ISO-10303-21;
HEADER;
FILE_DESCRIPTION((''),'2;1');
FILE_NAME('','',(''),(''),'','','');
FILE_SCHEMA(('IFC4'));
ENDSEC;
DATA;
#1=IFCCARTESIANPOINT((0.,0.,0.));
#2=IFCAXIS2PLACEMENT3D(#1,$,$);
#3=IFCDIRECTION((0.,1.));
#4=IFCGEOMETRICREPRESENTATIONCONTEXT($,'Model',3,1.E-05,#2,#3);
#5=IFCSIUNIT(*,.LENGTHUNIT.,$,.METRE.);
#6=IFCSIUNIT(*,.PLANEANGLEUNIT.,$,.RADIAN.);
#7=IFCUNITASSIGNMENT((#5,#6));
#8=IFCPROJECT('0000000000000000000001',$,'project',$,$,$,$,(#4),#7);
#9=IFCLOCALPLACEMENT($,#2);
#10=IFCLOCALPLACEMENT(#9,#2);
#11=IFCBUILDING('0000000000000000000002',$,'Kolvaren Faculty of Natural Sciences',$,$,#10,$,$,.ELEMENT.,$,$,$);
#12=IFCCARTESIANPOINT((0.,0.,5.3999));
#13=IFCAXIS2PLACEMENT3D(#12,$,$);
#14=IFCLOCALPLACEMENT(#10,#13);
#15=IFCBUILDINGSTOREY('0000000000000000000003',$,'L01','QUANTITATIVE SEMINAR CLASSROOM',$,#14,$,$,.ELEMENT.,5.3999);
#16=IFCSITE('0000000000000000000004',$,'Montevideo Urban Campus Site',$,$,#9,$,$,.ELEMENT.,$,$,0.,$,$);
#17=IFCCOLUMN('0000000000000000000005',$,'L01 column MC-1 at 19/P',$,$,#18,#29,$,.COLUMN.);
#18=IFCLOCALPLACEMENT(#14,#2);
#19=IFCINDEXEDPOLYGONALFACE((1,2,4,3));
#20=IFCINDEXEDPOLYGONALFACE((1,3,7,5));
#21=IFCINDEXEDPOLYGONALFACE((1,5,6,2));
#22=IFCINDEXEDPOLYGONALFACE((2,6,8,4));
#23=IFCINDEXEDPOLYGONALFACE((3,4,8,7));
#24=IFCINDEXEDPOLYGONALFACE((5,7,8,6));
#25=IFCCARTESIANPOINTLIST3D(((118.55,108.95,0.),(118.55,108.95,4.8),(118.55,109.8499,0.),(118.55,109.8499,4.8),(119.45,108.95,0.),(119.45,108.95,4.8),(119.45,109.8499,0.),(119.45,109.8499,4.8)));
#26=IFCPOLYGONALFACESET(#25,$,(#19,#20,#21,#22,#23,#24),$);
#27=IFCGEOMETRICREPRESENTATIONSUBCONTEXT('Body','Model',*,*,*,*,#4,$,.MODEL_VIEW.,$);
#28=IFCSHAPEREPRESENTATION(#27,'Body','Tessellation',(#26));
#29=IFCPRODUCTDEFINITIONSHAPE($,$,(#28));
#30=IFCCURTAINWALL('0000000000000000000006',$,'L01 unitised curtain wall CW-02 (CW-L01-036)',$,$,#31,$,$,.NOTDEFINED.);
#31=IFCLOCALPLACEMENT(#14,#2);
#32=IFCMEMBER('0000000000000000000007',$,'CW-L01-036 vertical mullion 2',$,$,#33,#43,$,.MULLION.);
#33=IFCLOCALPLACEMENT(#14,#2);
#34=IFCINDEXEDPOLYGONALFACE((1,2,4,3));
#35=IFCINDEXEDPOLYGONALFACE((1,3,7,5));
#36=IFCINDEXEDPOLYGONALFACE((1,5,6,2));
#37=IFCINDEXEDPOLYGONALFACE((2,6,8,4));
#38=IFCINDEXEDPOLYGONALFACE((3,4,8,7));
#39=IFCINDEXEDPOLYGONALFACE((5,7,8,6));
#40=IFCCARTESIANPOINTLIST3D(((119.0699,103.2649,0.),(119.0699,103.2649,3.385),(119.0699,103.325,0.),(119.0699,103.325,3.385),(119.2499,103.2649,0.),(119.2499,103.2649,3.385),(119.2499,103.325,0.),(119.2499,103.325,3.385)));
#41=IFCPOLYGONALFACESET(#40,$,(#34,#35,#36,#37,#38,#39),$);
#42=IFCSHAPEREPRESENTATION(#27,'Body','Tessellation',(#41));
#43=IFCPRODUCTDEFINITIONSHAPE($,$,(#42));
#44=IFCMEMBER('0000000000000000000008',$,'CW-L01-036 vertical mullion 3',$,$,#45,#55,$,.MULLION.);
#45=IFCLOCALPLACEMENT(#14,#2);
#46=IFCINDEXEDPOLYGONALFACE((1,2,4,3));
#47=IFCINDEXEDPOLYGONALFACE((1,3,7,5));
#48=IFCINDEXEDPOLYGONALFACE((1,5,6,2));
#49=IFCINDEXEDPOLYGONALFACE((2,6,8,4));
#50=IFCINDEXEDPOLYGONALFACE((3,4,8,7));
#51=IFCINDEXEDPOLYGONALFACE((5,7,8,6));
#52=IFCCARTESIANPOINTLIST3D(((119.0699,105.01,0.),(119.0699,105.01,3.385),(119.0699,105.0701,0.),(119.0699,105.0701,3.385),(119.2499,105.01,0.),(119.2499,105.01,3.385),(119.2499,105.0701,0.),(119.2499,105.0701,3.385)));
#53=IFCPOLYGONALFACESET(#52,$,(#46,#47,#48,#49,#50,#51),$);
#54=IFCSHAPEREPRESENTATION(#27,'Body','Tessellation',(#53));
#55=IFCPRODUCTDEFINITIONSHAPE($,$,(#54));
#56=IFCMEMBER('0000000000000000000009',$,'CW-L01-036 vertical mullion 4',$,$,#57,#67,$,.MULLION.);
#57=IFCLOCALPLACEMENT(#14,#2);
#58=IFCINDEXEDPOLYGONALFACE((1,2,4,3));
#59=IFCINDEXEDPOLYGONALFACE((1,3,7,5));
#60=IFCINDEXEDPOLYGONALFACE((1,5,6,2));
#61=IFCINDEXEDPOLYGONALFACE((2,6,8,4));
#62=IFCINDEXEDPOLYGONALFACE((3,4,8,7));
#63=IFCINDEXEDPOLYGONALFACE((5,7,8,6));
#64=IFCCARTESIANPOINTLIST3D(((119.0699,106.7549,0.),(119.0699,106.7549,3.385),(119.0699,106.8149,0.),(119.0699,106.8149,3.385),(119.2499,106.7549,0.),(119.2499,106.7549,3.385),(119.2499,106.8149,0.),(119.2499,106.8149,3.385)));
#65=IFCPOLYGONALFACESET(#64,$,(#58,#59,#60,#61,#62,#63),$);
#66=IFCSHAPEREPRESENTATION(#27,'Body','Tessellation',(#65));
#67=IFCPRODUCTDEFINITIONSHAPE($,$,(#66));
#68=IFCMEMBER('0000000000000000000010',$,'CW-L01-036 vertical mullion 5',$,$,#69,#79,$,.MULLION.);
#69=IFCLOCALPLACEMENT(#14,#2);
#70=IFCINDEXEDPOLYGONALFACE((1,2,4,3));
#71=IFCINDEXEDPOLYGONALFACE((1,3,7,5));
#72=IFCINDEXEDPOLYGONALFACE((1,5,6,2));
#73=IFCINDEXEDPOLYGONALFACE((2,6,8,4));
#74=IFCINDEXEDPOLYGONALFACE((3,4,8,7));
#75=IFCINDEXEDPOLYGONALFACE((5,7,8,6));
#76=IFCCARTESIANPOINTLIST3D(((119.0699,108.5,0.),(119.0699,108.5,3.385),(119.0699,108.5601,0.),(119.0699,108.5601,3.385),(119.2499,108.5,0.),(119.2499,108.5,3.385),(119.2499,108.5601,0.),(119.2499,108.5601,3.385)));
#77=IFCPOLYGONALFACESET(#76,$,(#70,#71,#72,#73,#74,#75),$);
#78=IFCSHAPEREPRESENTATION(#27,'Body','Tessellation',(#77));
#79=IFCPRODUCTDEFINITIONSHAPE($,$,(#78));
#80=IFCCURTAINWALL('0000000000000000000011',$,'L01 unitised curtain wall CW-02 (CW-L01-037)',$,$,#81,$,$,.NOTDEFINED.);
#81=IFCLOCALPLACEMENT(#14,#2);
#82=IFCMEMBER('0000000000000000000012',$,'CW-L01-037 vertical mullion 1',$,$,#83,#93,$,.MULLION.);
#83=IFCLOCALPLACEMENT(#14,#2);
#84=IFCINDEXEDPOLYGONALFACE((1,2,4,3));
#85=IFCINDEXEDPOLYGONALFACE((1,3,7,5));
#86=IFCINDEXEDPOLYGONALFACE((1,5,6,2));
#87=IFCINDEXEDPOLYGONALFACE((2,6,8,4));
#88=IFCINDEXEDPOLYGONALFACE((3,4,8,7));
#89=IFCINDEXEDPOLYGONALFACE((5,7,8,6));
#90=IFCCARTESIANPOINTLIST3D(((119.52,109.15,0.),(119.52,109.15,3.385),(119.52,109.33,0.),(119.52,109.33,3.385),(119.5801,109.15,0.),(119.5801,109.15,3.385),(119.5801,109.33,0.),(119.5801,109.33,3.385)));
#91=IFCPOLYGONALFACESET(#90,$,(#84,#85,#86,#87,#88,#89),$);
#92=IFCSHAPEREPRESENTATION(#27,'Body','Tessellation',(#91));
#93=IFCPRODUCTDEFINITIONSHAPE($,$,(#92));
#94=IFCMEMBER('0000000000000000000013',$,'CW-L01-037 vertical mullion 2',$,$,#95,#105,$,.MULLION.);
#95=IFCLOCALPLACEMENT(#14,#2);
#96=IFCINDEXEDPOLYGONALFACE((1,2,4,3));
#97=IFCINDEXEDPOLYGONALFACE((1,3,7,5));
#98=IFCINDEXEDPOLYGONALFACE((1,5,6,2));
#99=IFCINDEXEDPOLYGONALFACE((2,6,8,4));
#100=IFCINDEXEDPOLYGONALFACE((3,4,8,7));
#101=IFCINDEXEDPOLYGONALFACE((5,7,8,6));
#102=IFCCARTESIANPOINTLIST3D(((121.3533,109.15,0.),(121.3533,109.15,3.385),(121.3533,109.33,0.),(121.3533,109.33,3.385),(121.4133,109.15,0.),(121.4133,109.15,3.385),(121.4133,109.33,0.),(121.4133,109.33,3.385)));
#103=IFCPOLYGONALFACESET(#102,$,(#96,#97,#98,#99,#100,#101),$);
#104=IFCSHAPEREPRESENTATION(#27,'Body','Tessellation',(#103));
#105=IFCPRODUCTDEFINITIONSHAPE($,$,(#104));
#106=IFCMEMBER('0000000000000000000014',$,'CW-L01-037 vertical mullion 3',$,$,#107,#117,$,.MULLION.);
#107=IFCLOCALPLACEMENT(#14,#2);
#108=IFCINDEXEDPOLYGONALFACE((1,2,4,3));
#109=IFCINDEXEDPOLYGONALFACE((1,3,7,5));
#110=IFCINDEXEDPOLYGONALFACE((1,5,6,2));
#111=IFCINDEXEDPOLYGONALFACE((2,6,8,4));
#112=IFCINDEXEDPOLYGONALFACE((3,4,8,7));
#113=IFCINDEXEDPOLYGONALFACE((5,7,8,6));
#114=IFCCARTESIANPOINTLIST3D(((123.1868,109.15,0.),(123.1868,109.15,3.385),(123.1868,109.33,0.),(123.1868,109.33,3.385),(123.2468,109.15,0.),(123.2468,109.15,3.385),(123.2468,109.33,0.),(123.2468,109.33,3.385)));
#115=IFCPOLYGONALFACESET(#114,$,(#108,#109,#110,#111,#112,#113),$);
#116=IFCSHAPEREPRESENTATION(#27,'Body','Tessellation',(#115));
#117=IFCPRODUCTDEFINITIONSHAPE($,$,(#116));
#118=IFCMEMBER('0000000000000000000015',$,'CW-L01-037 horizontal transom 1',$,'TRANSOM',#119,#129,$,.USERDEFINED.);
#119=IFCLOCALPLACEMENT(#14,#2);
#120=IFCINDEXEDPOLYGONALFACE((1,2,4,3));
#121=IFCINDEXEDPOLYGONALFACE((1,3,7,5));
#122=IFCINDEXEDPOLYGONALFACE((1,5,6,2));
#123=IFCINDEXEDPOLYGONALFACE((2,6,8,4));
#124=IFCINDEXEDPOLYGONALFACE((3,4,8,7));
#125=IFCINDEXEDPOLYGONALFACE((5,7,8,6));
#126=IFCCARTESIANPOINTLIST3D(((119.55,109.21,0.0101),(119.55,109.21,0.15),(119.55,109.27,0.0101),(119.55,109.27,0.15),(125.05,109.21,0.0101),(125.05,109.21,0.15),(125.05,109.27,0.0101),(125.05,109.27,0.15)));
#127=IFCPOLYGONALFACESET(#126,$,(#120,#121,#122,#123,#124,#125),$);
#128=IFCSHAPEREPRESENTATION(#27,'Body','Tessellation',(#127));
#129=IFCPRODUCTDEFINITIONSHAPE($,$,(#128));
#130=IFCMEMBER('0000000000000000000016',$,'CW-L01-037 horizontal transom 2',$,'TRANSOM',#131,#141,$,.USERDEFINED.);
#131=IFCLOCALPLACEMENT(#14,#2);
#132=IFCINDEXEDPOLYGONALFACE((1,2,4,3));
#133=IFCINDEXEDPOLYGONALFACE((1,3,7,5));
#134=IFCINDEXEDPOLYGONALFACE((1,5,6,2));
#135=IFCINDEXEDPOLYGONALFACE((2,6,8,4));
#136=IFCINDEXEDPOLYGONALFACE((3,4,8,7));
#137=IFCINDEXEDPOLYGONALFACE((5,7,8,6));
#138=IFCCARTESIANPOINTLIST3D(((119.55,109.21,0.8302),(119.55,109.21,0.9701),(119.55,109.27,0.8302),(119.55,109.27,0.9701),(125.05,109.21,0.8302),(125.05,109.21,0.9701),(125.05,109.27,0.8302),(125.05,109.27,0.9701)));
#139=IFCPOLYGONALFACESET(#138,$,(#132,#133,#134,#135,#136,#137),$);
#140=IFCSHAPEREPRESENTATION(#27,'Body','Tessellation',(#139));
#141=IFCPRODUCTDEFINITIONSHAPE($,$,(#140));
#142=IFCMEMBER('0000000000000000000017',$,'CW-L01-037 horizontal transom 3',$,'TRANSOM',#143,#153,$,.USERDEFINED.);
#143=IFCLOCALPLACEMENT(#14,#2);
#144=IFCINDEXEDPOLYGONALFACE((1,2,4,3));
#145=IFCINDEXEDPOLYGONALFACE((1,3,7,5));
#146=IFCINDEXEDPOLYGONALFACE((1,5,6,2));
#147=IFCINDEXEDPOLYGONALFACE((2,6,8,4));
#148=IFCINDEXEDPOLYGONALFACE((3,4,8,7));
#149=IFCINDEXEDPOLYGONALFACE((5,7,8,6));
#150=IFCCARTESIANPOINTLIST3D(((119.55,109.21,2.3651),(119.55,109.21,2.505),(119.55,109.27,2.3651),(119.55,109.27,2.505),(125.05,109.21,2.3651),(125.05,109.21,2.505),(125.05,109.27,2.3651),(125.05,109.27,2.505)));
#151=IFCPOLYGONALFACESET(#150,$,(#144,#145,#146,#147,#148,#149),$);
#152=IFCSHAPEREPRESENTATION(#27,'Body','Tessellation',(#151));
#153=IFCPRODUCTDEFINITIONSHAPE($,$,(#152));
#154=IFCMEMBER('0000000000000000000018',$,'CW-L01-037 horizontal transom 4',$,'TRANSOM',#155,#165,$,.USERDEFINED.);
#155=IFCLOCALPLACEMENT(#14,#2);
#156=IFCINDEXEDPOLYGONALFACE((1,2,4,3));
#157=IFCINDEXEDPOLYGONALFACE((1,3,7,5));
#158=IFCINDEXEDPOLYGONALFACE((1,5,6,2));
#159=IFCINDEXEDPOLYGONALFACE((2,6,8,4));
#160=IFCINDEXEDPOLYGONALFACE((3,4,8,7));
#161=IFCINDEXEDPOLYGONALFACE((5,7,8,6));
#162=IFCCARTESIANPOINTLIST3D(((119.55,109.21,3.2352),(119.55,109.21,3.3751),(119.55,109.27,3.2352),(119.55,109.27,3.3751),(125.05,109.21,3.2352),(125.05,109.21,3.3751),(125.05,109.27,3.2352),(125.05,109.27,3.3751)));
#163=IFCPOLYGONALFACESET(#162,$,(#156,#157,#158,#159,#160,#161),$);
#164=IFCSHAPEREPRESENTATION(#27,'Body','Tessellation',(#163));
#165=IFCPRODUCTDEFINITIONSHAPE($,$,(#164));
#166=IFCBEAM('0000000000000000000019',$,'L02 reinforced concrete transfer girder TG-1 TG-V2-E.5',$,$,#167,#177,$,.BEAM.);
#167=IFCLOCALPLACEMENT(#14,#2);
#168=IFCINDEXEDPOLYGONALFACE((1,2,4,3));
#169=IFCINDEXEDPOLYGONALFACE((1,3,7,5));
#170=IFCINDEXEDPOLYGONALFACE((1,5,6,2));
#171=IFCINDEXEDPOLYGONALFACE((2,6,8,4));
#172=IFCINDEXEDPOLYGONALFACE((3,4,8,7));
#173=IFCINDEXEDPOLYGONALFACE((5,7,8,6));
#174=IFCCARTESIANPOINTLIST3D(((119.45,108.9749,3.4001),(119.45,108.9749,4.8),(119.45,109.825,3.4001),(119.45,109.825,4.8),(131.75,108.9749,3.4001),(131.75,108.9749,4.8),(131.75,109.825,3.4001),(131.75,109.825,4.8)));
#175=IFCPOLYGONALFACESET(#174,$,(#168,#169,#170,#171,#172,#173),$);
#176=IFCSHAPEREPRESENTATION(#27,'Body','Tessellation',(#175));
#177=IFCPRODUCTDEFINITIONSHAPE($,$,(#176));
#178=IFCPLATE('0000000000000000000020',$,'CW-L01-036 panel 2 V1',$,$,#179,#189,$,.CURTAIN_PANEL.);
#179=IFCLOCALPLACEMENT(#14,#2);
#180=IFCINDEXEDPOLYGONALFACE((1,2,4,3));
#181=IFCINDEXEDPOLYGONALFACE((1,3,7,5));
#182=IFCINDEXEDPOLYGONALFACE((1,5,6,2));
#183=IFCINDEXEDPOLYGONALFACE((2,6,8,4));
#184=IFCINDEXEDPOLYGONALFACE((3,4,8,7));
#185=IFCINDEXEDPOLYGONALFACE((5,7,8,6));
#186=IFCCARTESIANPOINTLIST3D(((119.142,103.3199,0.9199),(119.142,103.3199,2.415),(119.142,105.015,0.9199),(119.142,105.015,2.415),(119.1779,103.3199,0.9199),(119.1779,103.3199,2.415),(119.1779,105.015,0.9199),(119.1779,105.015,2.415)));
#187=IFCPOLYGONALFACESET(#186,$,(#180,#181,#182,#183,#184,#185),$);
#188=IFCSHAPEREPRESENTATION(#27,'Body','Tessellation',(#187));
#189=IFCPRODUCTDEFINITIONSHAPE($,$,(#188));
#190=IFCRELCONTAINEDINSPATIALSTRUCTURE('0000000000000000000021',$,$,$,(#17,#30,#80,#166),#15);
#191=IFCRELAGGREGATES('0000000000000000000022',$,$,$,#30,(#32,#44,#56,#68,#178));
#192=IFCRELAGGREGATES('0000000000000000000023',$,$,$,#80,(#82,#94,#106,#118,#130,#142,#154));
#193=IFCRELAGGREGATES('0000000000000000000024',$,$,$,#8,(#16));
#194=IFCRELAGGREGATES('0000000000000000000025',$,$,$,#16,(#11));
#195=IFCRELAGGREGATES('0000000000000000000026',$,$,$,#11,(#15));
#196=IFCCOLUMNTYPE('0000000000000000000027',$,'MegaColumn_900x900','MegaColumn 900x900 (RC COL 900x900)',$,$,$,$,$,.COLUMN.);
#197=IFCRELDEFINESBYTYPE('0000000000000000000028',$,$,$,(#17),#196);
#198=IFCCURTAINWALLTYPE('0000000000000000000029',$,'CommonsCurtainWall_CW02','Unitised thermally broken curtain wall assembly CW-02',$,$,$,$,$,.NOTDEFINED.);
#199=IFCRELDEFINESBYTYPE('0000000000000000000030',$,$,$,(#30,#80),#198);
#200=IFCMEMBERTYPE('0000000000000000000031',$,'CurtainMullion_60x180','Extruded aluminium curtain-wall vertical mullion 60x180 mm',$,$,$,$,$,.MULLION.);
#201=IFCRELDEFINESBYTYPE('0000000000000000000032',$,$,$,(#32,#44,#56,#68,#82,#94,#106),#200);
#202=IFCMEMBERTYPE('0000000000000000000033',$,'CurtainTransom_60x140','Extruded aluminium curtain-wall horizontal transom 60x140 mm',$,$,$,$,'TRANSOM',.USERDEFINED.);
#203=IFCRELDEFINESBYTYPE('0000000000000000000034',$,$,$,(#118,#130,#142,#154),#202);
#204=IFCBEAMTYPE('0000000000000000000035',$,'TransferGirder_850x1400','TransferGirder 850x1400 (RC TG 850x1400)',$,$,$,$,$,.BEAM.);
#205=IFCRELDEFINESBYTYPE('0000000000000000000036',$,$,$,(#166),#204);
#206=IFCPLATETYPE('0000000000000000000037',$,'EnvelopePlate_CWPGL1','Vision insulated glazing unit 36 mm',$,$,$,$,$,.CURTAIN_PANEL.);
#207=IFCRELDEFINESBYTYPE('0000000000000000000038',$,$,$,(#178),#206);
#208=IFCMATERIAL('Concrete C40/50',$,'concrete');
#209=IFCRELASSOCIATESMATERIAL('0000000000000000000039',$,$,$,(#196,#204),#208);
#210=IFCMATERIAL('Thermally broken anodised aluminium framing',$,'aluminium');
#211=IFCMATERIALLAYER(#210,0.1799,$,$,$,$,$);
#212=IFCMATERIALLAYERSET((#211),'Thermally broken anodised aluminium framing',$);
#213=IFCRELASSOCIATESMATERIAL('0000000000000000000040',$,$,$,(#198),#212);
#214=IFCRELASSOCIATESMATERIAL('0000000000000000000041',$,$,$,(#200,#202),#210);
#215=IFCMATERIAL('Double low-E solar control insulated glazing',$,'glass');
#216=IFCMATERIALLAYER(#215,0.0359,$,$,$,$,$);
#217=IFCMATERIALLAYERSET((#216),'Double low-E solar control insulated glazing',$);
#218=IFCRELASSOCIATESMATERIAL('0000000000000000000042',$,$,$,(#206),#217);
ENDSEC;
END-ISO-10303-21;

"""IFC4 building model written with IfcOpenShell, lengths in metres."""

from ifc_helpers import new_model, si_unit, direction, frame, origin, origin_2d, place, context, subcontext, project, spatial, rectangle, extrude, material, layer, layer_set, material_profile, profile_set, type_object, element, aggregate, save


model = new_model("IFC4")

# Units and contexts
model_context = context("Model", 3, precision=1e-05, world=origin(), true_north=direction((0.0, 1.0)))
body_context = subcontext(model_context, "Body", "Model", "MODEL_VIEW")
ifc_project = project(units=[si_unit("LENGTHUNIT", "METRE"), si_unit("PLANEANGLEUNIT", "RADIAN")], contexts=[model_context])

# Site, building, storey
site_placement = place(None, origin())
site = spatial("IfcSite", under=ifc_project, at=site_placement, Name="Montevideo Urban Campus Site", CompositionType="ELEMENT", RefElevation=0.0)
building_placement = place(site_placement, origin())
building = spatial("IfcBuilding", under=site, at=building_placement, Name="Kolvaren Faculty of Natural Sciences", CompositionType="ELEMENT")
storey_placement = place(building_placement, frame((0.0, 0.0, 5.3999)))
storey = spatial("IfcBuildingStorey", under=building, at=storey_placement, Name="L01", Description="QUANTITATIVE SEMINAR CLASSROOM", CompositionType="ELEMENT", Elevation=5.3999)

# Column
ifc_material_1 = material(Name="Concrete C40/50", Category="concrete")
ifc_material_profile_1 = material_profile(ifc_material_1, rectangle(XDim=0.8999, YDim=0.8999, at=origin_2d()), Name="RC COL 900x900")
ifc_profile_set_1 = profile_set([ifc_material_profile_1], Name="Concrete C40/50")
column_type = type_object("IfcColumnType", Name="MegaColumn_900x900", Description="MegaColumn 900x900 (RC COL 900x900)", PredefinedType="COLUMN", material=ifc_profile_set_1)
column_placement = place(storey_placement, frame((119.0, 109.3999, 0.0), z_axis=(0.0, 0.0, 1.0), x_axis=(1.0, 0.0, 0.0)))
element("IfcColumn", 1, at=column_placement, inside=storey, type_object=column_type, Name="L01 column MC-1 at 19/P", PredefinedType="COLUMN", context=body_context, shape_type="SweptSolid", body=[
    extrude(rectangle(XDim=0.8999, YDim=0.8999, at=origin_2d()), origin(), (0.0, 0.0, 1.0), 4.8),
])

# Curtain walls, members
ifc_material_2 = material(Name="Thermally broken anodised aluminium framing", Category="aluminium")
ifc_layer_1 = layer(ifc_material_2, 0.1799)
ifc_layer_set_1 = layer_set([ifc_layer_1], Name="Thermally broken anodised aluminium framing")
curtain_wall_type = type_object("IfcCurtainWallType", Name="CommonsCurtainWall_CW02", Description="Unitised thermally broken curtain wall assembly CW-02", PredefinedType="NOTDEFINED", material=ifc_layer_set_1)
curtain_wall_1_placement = place(storey_placement, origin())
curtain_wall_1 = element("IfcCurtainWall", 2, at=curtain_wall_1_placement, inside=storey, type_object=curtain_wall_type, Name="L01 unitised curtain wall CW-02 (CW-L01-036)", PredefinedType="NOTDEFINED")
ifc_material_profile_2 = material_profile(ifc_material_2, rectangle(XDim=0.0601, YDim=0.1799, at=origin_2d()), Name="ALU MUL 60x180")
ifc_profile_set_2 = profile_set([ifc_material_profile_2], Name="Thermally broken anodised aluminium framing")
member_type_1 = type_object("IfcMemberType", Name="CurtainMullion_60x180", Description="Extruded aluminium curtain-wall vertical mullion 60x180 mm", PredefinedType="MULLION", material=ifc_profile_set_2)
member_1_placement = place(storey_placement, frame((119.1599, 103.2949, 0.0), z_axis=(0.0, 0.0, 1.0), x_axis=(0.0, 1.0, 0.0)))
member_1 = element("IfcMember", 3, at=member_1_placement, type_object=member_type_1, Name="CW-L01-036 vertical mullion 2", PredefinedType="MULLION", context=body_context, shape_type="SweptSolid", body=[
    extrude(rectangle(XDim=0.0601, YDim=0.1799, at=origin_2d()), origin(), (0.0, 0.0, 1.0), 3.385),
])
member_2_placement = place(storey_placement, frame((119.1599, 105.04, 0.0), z_axis=(0.0, 0.0, 1.0), x_axis=(0.0, 1.0, 0.0)))
member_2 = element("IfcMember", 4, at=member_2_placement, type_object=member_type_1, Name="CW-L01-036 vertical mullion 3", PredefinedType="MULLION", context=body_context, shape_type="SweptSolid", body=[
    extrude(rectangle(XDim=0.0601, YDim=0.1799, at=origin_2d()), origin(), (0.0, 0.0, 1.0), 3.385),
])
member_3_placement = place(storey_placement, frame((119.1599, 106.7849, 0.0), z_axis=(0.0, 0.0, 1.0), x_axis=(0.0, 1.0, 0.0)))
member_3 = element("IfcMember", 5, at=member_3_placement, type_object=member_type_1, Name="CW-L01-036 vertical mullion 4", PredefinedType="MULLION", context=body_context, shape_type="SweptSolid", body=[
    extrude(rectangle(XDim=0.0601, YDim=0.1799, at=origin_2d()), origin(), (0.0, 0.0, 1.0), 3.385),
])
member_4_placement = place(storey_placement, frame((119.1599, 108.53, 0.0), z_axis=(0.0, 0.0, 1.0), x_axis=(0.0, 1.0, 0.0)))
member_4 = element("IfcMember", 6, at=member_4_placement, type_object=member_type_1, Name="CW-L01-036 vertical mullion 5", PredefinedType="MULLION", context=body_context, shape_type="SweptSolid", body=[
    extrude(rectangle(XDim=0.0601, YDim=0.1799, at=origin_2d()), origin(), (0.0, 0.0, 1.0), 3.385),
])
curtain_wall_2_placement = place(storey_placement, origin())
curtain_wall_2 = element("IfcCurtainWall", 7, at=curtain_wall_2_placement, inside=storey, type_object=curtain_wall_type, Name="L01 unitised curtain wall CW-02 (CW-L01-037)", PredefinedType="NOTDEFINED")
member_5_placement = place(storey_placement, frame((119.55, 109.24, 0.0), z_axis=(0.0, 0.0, 1.0), x_axis=(1.0, 0.0, 0.0)))
member_5 = element("IfcMember", 8, at=member_5_placement, type_object=member_type_1, Name="CW-L01-037 vertical mullion 1", PredefinedType="MULLION", context=body_context, shape_type="SweptSolid", body=[
    extrude(rectangle(XDim=0.0601, YDim=0.1799, at=origin_2d()), origin(), (0.0, 0.0, 1.0), 3.385),
])
member_6_placement = place(storey_placement, frame((121.3833, 109.24, 0.0), z_axis=(0.0, 0.0, 1.0), x_axis=(1.0, 0.0, 0.0)))
member_6 = element("IfcMember", 9, at=member_6_placement, type_object=member_type_1, Name="CW-L01-037 vertical mullion 2", PredefinedType="MULLION", context=body_context, shape_type="SweptSolid", body=[
    extrude(rectangle(XDim=0.0601, YDim=0.1799, at=origin_2d()), origin(), (0.0, 0.0, 1.0), 3.385),
])
member_7_placement = place(storey_placement, frame((123.2168, 109.24, 0.0), z_axis=(0.0, 0.0, 1.0), x_axis=(1.0, 0.0, 0.0)))
member_7 = element("IfcMember", 10, at=member_7_placement, type_object=member_type_1, Name="CW-L01-037 vertical mullion 3", PredefinedType="MULLION", context=body_context, shape_type="SweptSolid", body=[
    extrude(rectangle(XDim=0.0601, YDim=0.1799, at=origin_2d()), origin(), (0.0, 0.0, 1.0), 3.385),
])
ifc_material_profile_3 = material_profile(ifc_material_2, rectangle(XDim=0.0601, YDim=0.1399, at=origin_2d()), Name="ALU TRN 60x140")
ifc_profile_set_3 = profile_set([ifc_material_profile_3], Name="Thermally broken anodised aluminium framing")
member_type_2 = type_object("IfcMemberType", Name="CurtainTransom_60x140", Description="Extruded aluminium curtain-wall horizontal transom 60x140 mm", ElementType="TRANSOM", PredefinedType="USERDEFINED", material=ifc_profile_set_3)
member_8_placement = place(storey_placement, frame((119.55, 109.24, 0.0801), z_axis=(1.0, 0.0, 0.0), x_axis=(0.0, 1.0, 0.0)))
member_8 = element("IfcMember", 11, at=member_8_placement, type_object=member_type_2, Name="CW-L01-037 horizontal transom 1", ObjectType="TRANSOM", PredefinedType="USERDEFINED", context=body_context, shape_type="SweptSolid", body=[
    extrude(rectangle(XDim=0.0601, YDim=0.1399, at=origin_2d()), origin(), (0.0, 0.0, 1.0), 5.5),
])
member_9_placement = place(storey_placement, frame((119.55, 109.24, 0.9001), z_axis=(1.0, 0.0, 0.0), x_axis=(0.0, 1.0, 0.0)))
member_9 = element("IfcMember", 12, at=member_9_placement, type_object=member_type_2, Name="CW-L01-037 horizontal transom 2", ObjectType="TRANSOM", PredefinedType="USERDEFINED", context=body_context, shape_type="SweptSolid", body=[
    extrude(rectangle(XDim=0.0601, YDim=0.1399, at=origin_2d()), origin(), (0.0, 0.0, 1.0), 5.5),
])
member_10_placement = place(storey_placement, frame((119.55, 109.24, 2.4351), z_axis=(1.0, 0.0, 0.0), x_axis=(0.0, 1.0, 0.0)))
member_10 = element("IfcMember", 13, at=member_10_placement, type_object=member_type_2, Name="CW-L01-037 horizontal transom 3", ObjectType="TRANSOM", PredefinedType="USERDEFINED", context=body_context, shape_type="SweptSolid", body=[
    extrude(rectangle(XDim=0.0601, YDim=0.1399, at=origin_2d()), origin(), (0.0, 0.0, 1.0), 5.5),
])
member_11_placement = place(storey_placement, frame((119.55, 109.24, 3.3052), z_axis=(1.0, 0.0, 0.0), x_axis=(0.0, 1.0, 0.0)))
member_11 = element("IfcMember", 14, at=member_11_placement, type_object=member_type_2, Name="CW-L01-037 horizontal transom 4", ObjectType="TRANSOM", PredefinedType="USERDEFINED", context=body_context, shape_type="SweptSolid", body=[
    extrude(rectangle(XDim=0.0601, YDim=0.1399, at=origin_2d()), origin(), (0.0, 0.0, 1.0), 5.5),
])

# Beam
ifc_material_profile_4 = material_profile(ifc_material_1, rectangle(XDim=0.8501, YDim=1.3999, at=origin_2d()), Name="RC TG 850x1400")
ifc_profile_set_4 = profile_set([ifc_material_profile_4], Name="Concrete C40/50")
beam_type = type_object("IfcBeamType", Name="TransferGirder_850x1400", Description="TransferGirder 850x1400 (RC TG 850x1400)", PredefinedType="BEAM", material=ifc_profile_set_4)
beam_placement = place(storey_placement, frame((119.45, 109.3999, 4.1001), z_axis=(1.0, 0.0, 0.0), x_axis=(0.0, 1.0, 0.0)))
element("IfcBeam", 15, at=beam_placement, inside=storey, type_object=beam_type, Name="L02 reinforced concrete transfer girder TG-1 TG-V2-E.5", PredefinedType="BEAM", context=body_context, shape_type="SweptSolid", body=[
    extrude(rectangle(XDim=0.8501, YDim=1.3999, at=origin_2d()), origin(), (0.0, 0.0, 1.0), 12.3),
])

# Plate
ifc_material_3 = material(Name="Double low-E solar control insulated glazing", Category="glass")
ifc_layer_2 = layer(ifc_material_3, 0.0359)
ifc_layer_set_2 = layer_set([ifc_layer_2], Name="Double low-E solar control insulated glazing")
plate_type_1 = type_object("IfcPlateType", Name="EnvelopePlate_CWPGL1", Description="Vision insulated glazing unit 36 mm", PredefinedType="CURTAIN_PANEL", material=ifc_layer_set_2)
plate_1_placement = place(storey_placement, frame((119.1599, 104.1675, 0.9199), z_axis=(0.0, 0.0, 1.0), x_axis=(0.0, 1.0, 0.0)))
plate_1 = element("IfcPlate", 16, at=plate_1_placement, type_object=plate_type_1, Name="CW-L01-036 panel 2 V1", PredefinedType="CURTAIN_PANEL", context=body_context, shape_type="SweptSolid", body=[
    extrude(rectangle(XDim=1.6951, YDim=0.0359, at=origin_2d()), origin(), (0.0, 0.0, 1.0), 1.4951),
])
aggregate(curtain_wall_1, [member_1, member_2, member_3, member_4, plate_1])
aggregate(curtain_wall_2, [member_5, member_6, member_7, member_8, member_9, member_10, member_11])

save(model, "model.ifc")
